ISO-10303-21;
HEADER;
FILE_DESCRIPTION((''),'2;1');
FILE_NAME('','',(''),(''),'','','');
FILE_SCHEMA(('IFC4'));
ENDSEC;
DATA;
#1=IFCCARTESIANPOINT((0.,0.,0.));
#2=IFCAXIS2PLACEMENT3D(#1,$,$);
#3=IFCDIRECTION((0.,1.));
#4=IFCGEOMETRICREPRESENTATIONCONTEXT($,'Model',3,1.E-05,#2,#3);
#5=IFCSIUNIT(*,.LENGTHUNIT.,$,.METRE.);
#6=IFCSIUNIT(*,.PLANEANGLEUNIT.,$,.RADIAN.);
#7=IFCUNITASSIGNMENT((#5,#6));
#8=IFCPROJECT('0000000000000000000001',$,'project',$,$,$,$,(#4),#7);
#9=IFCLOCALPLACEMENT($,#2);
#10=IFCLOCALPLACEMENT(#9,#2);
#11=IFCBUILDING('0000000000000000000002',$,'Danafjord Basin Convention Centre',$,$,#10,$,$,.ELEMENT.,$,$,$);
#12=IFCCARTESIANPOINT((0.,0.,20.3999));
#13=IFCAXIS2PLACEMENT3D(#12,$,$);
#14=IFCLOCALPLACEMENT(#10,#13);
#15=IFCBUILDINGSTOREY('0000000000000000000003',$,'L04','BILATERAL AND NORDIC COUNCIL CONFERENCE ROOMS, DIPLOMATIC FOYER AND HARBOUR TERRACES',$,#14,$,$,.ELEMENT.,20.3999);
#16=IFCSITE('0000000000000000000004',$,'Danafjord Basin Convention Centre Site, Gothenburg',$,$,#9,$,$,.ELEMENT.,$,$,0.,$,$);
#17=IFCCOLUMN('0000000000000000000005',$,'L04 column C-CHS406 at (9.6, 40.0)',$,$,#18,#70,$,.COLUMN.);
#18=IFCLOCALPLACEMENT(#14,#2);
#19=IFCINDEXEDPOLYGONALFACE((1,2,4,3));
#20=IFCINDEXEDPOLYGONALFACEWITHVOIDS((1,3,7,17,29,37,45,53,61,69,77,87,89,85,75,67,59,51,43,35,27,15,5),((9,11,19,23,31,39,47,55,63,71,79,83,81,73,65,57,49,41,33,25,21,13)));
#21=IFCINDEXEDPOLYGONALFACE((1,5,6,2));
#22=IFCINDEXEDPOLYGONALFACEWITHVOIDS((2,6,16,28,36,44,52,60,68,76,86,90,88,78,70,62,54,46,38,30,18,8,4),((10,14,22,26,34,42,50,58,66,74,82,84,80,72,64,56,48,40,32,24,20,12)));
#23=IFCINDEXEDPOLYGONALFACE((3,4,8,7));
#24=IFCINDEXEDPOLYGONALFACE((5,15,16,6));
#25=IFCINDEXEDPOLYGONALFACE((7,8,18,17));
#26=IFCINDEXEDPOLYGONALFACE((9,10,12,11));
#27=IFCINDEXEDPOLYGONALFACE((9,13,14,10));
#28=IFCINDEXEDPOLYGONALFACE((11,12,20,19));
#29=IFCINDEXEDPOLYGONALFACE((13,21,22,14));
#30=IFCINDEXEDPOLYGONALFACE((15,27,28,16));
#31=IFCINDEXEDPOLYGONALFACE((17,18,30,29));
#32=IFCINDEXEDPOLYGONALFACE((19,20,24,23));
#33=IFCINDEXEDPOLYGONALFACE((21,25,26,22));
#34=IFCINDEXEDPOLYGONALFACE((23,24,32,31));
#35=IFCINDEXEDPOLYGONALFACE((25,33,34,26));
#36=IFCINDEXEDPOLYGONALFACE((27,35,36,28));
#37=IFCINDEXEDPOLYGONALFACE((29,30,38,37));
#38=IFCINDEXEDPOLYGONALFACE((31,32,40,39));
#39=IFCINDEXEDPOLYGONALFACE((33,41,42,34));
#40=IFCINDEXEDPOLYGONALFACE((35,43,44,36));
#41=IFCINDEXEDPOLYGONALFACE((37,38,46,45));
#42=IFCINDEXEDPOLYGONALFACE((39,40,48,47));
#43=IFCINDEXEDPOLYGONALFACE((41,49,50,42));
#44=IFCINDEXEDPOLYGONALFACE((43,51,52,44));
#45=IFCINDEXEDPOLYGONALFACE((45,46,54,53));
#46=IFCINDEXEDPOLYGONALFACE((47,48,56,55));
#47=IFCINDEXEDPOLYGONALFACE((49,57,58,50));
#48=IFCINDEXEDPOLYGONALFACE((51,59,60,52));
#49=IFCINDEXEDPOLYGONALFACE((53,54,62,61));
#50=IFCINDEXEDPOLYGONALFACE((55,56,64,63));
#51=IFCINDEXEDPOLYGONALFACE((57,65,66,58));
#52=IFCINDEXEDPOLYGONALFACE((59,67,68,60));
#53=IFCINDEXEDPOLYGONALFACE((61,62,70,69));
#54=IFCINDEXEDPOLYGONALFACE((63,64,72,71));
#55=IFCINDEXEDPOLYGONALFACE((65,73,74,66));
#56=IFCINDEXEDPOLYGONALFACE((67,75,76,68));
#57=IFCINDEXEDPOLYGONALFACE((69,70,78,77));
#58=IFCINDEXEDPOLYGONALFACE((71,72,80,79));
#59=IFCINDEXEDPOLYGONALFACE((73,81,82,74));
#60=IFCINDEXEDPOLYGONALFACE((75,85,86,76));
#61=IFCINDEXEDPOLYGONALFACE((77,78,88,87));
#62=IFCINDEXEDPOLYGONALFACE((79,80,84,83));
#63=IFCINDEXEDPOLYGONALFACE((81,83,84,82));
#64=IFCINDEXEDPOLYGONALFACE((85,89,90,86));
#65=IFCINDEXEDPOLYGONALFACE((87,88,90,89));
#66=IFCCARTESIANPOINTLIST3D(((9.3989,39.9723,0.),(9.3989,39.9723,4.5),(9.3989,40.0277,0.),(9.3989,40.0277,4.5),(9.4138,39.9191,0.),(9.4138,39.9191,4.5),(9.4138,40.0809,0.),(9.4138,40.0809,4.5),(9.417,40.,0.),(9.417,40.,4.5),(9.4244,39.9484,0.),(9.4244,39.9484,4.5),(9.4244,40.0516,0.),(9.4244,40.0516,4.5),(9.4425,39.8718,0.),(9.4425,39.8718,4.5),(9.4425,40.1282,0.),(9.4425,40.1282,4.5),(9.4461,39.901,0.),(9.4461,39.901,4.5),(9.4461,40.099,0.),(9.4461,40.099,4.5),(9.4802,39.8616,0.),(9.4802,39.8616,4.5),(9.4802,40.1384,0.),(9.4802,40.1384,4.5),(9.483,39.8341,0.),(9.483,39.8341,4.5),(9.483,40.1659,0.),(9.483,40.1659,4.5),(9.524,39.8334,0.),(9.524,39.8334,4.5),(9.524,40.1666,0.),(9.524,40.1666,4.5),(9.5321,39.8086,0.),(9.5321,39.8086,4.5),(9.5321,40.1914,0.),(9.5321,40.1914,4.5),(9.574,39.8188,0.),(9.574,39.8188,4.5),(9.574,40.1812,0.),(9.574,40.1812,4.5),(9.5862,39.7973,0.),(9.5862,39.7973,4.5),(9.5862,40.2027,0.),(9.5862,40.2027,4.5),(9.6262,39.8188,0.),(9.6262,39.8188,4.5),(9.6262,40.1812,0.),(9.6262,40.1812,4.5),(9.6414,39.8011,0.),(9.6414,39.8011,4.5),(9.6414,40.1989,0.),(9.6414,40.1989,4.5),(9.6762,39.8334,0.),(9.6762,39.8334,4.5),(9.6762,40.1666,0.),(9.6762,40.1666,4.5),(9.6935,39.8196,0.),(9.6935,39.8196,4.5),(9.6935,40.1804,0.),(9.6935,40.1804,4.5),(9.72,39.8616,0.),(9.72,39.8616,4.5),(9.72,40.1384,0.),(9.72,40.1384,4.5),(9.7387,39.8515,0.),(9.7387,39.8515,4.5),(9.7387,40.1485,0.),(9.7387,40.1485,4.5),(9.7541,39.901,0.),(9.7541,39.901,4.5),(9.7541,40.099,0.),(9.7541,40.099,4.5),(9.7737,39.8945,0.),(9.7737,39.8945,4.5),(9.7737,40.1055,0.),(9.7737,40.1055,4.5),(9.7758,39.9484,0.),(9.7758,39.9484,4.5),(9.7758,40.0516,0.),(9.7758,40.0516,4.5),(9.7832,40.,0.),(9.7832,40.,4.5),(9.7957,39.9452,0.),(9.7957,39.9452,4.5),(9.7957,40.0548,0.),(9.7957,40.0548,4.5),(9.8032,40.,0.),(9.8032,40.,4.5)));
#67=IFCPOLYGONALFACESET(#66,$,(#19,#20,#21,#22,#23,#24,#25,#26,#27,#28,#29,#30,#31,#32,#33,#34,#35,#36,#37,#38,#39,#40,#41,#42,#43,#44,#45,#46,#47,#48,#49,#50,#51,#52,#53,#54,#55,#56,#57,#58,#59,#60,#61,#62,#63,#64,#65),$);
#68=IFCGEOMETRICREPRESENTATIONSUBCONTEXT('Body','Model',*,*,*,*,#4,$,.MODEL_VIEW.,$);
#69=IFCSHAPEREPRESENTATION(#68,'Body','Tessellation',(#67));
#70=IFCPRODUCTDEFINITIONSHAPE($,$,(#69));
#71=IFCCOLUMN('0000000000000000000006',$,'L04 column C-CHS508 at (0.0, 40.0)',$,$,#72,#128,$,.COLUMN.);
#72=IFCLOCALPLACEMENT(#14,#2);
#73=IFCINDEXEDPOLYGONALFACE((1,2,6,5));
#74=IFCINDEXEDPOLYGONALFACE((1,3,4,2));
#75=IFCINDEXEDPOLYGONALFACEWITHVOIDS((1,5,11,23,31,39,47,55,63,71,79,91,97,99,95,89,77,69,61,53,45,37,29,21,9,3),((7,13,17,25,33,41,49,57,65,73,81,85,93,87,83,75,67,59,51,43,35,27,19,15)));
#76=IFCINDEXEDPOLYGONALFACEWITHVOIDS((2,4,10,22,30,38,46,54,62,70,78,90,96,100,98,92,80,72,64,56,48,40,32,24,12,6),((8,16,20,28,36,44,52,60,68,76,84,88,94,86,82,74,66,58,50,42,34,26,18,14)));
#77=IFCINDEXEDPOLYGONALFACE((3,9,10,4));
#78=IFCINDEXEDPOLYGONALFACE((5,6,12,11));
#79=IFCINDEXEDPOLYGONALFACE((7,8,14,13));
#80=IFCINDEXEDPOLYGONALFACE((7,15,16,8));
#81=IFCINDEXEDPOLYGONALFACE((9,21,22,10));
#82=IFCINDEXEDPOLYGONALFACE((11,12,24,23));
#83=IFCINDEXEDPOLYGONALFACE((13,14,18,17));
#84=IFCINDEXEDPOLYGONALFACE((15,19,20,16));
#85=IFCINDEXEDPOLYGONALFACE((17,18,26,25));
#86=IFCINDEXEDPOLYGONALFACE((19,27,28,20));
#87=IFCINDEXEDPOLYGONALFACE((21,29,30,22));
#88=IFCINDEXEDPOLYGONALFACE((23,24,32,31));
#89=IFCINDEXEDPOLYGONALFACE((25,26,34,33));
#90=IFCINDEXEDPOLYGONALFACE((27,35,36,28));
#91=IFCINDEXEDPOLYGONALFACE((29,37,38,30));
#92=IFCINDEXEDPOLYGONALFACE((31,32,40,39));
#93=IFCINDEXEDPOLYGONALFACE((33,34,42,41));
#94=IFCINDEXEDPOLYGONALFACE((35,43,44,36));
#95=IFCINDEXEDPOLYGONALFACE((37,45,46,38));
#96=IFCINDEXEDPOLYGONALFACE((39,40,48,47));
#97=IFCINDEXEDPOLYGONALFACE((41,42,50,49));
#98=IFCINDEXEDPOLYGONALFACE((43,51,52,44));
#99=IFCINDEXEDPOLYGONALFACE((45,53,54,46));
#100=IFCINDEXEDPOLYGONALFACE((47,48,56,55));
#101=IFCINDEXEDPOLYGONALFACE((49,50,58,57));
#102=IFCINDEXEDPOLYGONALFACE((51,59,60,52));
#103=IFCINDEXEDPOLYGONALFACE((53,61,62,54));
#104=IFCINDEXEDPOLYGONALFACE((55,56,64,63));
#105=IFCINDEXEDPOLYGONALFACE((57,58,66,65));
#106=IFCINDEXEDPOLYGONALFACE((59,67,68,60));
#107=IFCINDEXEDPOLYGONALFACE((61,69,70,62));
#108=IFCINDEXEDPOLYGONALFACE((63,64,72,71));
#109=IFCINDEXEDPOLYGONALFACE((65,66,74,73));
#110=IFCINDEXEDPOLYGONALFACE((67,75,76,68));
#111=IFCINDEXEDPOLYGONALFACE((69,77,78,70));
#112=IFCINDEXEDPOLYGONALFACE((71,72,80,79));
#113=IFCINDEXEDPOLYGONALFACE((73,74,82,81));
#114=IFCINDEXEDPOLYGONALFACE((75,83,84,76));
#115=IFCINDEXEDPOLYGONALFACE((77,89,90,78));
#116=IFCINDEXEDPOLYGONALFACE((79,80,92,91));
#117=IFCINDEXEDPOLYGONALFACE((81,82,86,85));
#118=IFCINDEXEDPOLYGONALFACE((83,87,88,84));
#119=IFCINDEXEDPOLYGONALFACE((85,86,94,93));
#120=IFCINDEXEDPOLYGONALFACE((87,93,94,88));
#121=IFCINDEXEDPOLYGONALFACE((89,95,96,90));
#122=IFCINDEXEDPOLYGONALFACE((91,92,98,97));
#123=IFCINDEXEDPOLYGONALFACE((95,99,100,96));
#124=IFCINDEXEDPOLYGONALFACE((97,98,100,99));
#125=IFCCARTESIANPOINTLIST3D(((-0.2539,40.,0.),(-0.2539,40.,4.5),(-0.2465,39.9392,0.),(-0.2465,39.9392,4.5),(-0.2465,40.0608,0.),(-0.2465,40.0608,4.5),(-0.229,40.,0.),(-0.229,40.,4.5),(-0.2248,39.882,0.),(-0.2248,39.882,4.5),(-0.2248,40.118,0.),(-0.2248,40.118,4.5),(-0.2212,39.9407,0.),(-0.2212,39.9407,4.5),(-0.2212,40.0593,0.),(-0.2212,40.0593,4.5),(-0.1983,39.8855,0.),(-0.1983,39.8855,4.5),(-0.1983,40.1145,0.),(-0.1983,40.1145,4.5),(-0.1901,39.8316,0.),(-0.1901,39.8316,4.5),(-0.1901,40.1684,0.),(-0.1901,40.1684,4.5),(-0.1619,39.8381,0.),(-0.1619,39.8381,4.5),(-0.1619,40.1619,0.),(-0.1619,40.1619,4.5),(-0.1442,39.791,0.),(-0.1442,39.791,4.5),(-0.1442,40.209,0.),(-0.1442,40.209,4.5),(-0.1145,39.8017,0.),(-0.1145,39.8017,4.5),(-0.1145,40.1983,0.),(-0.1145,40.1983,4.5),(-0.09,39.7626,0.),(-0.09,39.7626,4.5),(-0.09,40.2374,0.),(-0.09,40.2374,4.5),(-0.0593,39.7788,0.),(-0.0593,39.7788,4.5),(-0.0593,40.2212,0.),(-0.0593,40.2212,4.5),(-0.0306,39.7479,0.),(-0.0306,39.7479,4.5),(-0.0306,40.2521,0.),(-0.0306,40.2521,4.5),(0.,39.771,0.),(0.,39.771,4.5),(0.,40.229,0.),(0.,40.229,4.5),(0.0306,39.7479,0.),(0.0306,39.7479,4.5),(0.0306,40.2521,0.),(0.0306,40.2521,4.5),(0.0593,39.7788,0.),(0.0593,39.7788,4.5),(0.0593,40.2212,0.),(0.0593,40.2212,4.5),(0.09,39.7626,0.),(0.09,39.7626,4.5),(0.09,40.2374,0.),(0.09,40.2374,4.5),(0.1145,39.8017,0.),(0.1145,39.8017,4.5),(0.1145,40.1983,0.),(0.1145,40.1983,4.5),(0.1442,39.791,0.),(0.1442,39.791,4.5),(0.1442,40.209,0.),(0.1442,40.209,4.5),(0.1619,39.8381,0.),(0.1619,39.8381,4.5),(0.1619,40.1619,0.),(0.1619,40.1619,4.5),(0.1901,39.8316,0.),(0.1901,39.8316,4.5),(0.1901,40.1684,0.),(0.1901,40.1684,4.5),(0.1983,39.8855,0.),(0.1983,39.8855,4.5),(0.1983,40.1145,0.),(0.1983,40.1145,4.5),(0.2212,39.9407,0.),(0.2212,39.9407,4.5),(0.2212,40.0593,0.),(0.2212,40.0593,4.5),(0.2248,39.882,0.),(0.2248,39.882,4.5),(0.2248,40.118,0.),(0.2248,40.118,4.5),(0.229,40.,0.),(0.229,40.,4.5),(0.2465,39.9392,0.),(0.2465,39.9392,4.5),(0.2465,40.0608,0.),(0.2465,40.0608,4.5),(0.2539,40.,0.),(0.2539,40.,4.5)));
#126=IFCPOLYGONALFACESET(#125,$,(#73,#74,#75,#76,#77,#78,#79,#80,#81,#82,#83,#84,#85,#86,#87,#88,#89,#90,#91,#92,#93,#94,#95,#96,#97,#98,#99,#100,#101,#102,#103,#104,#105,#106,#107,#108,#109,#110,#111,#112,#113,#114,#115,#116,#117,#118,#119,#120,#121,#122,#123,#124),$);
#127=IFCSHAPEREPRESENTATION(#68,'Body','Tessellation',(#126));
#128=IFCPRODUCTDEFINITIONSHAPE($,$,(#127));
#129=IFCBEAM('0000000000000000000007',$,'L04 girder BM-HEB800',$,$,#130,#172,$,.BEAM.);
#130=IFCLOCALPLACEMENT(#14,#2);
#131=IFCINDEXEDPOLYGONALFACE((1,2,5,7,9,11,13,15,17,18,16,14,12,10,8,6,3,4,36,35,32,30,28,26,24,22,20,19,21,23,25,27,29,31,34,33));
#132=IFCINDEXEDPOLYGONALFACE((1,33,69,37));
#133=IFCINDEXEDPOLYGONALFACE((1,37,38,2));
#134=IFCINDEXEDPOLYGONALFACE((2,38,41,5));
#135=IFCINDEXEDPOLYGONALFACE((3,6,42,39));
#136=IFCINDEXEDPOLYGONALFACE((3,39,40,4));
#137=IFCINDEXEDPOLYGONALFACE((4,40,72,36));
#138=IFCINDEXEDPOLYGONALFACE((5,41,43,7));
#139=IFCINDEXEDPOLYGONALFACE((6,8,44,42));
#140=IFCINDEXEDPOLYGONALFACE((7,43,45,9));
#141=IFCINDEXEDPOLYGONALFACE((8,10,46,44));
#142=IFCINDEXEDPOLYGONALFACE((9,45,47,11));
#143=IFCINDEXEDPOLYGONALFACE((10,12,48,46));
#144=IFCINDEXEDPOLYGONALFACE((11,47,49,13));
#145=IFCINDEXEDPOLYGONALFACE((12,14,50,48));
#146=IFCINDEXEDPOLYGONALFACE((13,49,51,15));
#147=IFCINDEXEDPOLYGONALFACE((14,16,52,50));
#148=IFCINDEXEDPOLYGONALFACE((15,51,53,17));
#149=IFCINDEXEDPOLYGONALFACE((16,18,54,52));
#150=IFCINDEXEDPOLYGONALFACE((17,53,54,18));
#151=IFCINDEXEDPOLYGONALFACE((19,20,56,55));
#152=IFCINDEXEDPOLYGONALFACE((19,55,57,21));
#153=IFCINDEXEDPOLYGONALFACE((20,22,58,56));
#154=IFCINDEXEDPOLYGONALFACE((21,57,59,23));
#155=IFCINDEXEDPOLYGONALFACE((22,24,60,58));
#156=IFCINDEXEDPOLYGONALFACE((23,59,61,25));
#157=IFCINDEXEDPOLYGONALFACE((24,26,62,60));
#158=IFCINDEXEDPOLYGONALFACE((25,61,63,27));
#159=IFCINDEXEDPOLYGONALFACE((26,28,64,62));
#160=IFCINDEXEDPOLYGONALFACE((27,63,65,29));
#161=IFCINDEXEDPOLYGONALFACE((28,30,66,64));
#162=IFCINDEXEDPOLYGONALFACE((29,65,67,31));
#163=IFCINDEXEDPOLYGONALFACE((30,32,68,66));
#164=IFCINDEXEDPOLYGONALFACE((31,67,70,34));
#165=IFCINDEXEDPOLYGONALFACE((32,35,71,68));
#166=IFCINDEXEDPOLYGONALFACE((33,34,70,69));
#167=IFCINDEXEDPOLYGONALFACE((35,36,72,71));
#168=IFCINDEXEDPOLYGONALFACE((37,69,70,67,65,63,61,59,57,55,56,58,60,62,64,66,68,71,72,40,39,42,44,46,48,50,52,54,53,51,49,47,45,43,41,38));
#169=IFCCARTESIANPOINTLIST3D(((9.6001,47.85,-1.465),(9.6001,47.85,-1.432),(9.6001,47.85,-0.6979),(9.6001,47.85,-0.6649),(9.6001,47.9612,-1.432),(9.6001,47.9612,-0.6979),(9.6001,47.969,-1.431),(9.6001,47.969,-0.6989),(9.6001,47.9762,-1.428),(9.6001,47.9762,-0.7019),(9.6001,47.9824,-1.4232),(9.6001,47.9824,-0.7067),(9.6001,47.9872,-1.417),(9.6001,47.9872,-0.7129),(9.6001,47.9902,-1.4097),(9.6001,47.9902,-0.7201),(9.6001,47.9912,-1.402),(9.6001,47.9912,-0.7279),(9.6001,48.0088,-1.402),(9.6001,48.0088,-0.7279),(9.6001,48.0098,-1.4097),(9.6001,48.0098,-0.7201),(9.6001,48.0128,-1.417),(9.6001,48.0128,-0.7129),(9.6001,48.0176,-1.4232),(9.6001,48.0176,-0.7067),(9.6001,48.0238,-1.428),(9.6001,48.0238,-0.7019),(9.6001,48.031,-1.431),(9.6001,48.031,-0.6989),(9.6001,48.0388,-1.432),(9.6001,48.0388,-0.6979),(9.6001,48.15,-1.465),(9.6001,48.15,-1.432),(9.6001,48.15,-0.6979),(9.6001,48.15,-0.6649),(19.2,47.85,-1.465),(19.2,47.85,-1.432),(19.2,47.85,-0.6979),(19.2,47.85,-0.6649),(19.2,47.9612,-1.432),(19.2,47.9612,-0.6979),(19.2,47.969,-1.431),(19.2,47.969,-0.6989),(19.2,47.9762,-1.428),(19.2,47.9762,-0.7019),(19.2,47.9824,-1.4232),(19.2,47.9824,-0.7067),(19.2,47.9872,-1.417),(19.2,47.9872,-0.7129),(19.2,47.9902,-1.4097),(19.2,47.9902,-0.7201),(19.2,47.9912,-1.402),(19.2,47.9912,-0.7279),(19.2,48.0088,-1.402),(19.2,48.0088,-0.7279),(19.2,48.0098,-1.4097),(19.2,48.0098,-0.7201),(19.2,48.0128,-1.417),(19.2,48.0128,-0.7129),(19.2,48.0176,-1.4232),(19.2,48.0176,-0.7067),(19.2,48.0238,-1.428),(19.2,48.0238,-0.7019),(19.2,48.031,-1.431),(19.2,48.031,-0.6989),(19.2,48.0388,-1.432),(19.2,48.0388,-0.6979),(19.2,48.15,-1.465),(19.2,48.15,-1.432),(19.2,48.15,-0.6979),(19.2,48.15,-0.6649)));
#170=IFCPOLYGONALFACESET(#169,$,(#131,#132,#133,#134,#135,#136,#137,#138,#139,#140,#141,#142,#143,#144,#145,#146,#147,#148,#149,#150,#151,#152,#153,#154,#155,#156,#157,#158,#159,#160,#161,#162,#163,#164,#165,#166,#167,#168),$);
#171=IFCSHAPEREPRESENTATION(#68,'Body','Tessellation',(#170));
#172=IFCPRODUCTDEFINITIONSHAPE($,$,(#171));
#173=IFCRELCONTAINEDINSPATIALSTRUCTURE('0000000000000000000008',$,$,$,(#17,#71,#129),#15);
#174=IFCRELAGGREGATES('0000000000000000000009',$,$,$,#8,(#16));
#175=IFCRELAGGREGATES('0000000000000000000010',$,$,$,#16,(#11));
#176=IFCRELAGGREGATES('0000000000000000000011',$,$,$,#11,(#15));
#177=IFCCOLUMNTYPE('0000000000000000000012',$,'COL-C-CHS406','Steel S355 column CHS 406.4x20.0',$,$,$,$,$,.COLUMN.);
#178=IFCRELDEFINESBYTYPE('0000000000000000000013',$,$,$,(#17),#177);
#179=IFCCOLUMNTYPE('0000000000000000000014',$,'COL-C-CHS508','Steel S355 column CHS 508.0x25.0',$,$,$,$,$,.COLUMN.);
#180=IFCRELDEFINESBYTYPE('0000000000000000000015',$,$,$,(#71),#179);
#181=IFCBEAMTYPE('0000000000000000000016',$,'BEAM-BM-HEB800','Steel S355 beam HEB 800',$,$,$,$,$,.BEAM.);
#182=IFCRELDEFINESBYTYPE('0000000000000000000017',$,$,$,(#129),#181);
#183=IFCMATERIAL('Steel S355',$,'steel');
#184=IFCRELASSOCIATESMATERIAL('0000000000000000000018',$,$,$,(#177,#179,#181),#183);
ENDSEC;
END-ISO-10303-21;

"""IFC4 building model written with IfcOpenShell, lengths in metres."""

from ifc_helpers import new_model, si_unit, direction, frame, origin, origin_2d, place, context, subcontext, project, spatial, hollow_circle, i_section, extrude, material, material_profile, profile_set, type_object, element, save


model = new_model("IFC4")

# Units and contexts
model_context = context("Model", 3, precision=1e-05, world=origin(), true_north=direction((0.0, 1.0)))
body_context = subcontext(model_context, "Body", "Model", "MODEL_VIEW")
ifc_project = project(units=[si_unit("LENGTHUNIT", "METRE"), si_unit("PLANEANGLEUNIT", "RADIAN")], contexts=[model_context])

# Site, building, storey
site_placement = place(None, origin())
site = spatial("IfcSite", under=ifc_project, at=site_placement, Name="Danafjord Basin Convention Centre Site, Gothenburg", CompositionType="ELEMENT", RefElevation=0.0)
building_placement = place(site_placement, origin())
building = spatial("IfcBuilding", under=site, at=building_placement, Name="Danafjord Basin Convention Centre", CompositionType="ELEMENT")
storey_placement = place(building_placement, frame((0.0, 0.0, 20.3999)))
storey = spatial("IfcBuildingStorey", under=building, at=storey_placement, Name="L04", Description="BILATERAL AND NORDIC COUNCIL CONFERENCE ROOMS, DIPLOMATIC FOYER AND HARBOUR TERRACES", CompositionType="ELEMENT", Elevation=20.3999)

# Columns
ifc_material_1 = material(Name="Steel S355", Category="steel")
ifc_material_profile_1 = material_profile(ifc_material_1, hollow_circle(Radius=0.2031, WallThickness=0.02, at=origin_2d()), Name="CHS 406.4x20.0")
ifc_profile_set_1 = profile_set([ifc_material_profile_1], Name="Steel S355")
column_type_1 = type_object("IfcColumnType", Name="COL-C-CHS406", Description="Steel S355 column CHS 406.4x20.0", PredefinedType="COLUMN", material=ifc_profile_set_1)
column_1_placement = place(storey_placement, frame((9.6001, 40.0, 0.0), z_axis=(0.0, 0.0, 1.0), x_axis=(1.0, 0.0, 0.0)))
element("IfcColumn", 1, at=column_1_placement, inside=storey, type_object=column_type_1, Name="L04 column C-CHS406 at (9.6, 40.0)", PredefinedType="COLUMN", context=body_context, shape_type="SweptSolid", body=[
    extrude(hollow_circle(Radius=0.2031, WallThickness=0.02, at=origin_2d()), origin(), (0.0, 0.0, 1.0), 4.5),
])
ifc_material_profile_2 = material_profile(ifc_material_1, hollow_circle(Radius=0.2539, WallThickness=0.0249, at=origin_2d()), Name="CHS 508.0x25.0")
ifc_profile_set_2 = profile_set([ifc_material_profile_2], Name="Steel S355")
column_type_2 = type_object("IfcColumnType", Name="COL-C-CHS508", Description="Steel S355 column CHS 508.0x25.0", PredefinedType="COLUMN", material=ifc_profile_set_2)
column_2_placement = place(storey_placement, frame((0.0, 40.0, 0.0), z_axis=(0.0, 0.0, 1.0), x_axis=(1.0, 0.0, 0.0)))
element("IfcColumn", 2, at=column_2_placement, inside=storey, type_object=column_type_2, Name="L04 column C-CHS508 at (0.0, 40.0)", PredefinedType="COLUMN", context=body_context, shape_type="SweptSolid", body=[
    extrude(hollow_circle(Radius=0.2539, WallThickness=0.0249, at=origin_2d()), origin(), (0.0, 0.0, 1.0), 4.5),
])

# Beam
ifc_material_profile_3 = material_profile(ifc_material_1, i_section(OverallWidth=0.3, OverallDepth=0.8, WebThickness=0.0176, FlangeThickness=0.033, FilletRadius=0.03, at=origin_2d()), Name="HEB 800")
ifc_profile_set_3 = profile_set([ifc_material_profile_3], Name="Steel S355")
beam_type_1 = type_object("IfcBeamType", Name="BEAM-BM-HEB800", Description="Steel S355 beam HEB 800", PredefinedType="BEAM", material=ifc_profile_set_3)
beam_1_placement = place(storey_placement, frame((9.6001, 48.0, -1.0649), z_axis=(1.0, 0.0, 0.0), x_axis=(0.0, 1.0, 0.0)))
element("IfcBeam", 3, at=beam_1_placement, inside=storey, type_object=beam_type_1, Name="L04 girder BM-HEB800", PredefinedType="BEAM", context=body_context, shape_type="SweptSolid", body=[
    extrude(i_section(OverallWidth=0.3, OverallDepth=0.8, WebThickness=0.0176, FlangeThickness=0.033, FilletRadius=0.03, at=origin_2d()), origin(), (0.0, 0.0, 1.0), 9.5999),
])

save(model, "model.ifc")
